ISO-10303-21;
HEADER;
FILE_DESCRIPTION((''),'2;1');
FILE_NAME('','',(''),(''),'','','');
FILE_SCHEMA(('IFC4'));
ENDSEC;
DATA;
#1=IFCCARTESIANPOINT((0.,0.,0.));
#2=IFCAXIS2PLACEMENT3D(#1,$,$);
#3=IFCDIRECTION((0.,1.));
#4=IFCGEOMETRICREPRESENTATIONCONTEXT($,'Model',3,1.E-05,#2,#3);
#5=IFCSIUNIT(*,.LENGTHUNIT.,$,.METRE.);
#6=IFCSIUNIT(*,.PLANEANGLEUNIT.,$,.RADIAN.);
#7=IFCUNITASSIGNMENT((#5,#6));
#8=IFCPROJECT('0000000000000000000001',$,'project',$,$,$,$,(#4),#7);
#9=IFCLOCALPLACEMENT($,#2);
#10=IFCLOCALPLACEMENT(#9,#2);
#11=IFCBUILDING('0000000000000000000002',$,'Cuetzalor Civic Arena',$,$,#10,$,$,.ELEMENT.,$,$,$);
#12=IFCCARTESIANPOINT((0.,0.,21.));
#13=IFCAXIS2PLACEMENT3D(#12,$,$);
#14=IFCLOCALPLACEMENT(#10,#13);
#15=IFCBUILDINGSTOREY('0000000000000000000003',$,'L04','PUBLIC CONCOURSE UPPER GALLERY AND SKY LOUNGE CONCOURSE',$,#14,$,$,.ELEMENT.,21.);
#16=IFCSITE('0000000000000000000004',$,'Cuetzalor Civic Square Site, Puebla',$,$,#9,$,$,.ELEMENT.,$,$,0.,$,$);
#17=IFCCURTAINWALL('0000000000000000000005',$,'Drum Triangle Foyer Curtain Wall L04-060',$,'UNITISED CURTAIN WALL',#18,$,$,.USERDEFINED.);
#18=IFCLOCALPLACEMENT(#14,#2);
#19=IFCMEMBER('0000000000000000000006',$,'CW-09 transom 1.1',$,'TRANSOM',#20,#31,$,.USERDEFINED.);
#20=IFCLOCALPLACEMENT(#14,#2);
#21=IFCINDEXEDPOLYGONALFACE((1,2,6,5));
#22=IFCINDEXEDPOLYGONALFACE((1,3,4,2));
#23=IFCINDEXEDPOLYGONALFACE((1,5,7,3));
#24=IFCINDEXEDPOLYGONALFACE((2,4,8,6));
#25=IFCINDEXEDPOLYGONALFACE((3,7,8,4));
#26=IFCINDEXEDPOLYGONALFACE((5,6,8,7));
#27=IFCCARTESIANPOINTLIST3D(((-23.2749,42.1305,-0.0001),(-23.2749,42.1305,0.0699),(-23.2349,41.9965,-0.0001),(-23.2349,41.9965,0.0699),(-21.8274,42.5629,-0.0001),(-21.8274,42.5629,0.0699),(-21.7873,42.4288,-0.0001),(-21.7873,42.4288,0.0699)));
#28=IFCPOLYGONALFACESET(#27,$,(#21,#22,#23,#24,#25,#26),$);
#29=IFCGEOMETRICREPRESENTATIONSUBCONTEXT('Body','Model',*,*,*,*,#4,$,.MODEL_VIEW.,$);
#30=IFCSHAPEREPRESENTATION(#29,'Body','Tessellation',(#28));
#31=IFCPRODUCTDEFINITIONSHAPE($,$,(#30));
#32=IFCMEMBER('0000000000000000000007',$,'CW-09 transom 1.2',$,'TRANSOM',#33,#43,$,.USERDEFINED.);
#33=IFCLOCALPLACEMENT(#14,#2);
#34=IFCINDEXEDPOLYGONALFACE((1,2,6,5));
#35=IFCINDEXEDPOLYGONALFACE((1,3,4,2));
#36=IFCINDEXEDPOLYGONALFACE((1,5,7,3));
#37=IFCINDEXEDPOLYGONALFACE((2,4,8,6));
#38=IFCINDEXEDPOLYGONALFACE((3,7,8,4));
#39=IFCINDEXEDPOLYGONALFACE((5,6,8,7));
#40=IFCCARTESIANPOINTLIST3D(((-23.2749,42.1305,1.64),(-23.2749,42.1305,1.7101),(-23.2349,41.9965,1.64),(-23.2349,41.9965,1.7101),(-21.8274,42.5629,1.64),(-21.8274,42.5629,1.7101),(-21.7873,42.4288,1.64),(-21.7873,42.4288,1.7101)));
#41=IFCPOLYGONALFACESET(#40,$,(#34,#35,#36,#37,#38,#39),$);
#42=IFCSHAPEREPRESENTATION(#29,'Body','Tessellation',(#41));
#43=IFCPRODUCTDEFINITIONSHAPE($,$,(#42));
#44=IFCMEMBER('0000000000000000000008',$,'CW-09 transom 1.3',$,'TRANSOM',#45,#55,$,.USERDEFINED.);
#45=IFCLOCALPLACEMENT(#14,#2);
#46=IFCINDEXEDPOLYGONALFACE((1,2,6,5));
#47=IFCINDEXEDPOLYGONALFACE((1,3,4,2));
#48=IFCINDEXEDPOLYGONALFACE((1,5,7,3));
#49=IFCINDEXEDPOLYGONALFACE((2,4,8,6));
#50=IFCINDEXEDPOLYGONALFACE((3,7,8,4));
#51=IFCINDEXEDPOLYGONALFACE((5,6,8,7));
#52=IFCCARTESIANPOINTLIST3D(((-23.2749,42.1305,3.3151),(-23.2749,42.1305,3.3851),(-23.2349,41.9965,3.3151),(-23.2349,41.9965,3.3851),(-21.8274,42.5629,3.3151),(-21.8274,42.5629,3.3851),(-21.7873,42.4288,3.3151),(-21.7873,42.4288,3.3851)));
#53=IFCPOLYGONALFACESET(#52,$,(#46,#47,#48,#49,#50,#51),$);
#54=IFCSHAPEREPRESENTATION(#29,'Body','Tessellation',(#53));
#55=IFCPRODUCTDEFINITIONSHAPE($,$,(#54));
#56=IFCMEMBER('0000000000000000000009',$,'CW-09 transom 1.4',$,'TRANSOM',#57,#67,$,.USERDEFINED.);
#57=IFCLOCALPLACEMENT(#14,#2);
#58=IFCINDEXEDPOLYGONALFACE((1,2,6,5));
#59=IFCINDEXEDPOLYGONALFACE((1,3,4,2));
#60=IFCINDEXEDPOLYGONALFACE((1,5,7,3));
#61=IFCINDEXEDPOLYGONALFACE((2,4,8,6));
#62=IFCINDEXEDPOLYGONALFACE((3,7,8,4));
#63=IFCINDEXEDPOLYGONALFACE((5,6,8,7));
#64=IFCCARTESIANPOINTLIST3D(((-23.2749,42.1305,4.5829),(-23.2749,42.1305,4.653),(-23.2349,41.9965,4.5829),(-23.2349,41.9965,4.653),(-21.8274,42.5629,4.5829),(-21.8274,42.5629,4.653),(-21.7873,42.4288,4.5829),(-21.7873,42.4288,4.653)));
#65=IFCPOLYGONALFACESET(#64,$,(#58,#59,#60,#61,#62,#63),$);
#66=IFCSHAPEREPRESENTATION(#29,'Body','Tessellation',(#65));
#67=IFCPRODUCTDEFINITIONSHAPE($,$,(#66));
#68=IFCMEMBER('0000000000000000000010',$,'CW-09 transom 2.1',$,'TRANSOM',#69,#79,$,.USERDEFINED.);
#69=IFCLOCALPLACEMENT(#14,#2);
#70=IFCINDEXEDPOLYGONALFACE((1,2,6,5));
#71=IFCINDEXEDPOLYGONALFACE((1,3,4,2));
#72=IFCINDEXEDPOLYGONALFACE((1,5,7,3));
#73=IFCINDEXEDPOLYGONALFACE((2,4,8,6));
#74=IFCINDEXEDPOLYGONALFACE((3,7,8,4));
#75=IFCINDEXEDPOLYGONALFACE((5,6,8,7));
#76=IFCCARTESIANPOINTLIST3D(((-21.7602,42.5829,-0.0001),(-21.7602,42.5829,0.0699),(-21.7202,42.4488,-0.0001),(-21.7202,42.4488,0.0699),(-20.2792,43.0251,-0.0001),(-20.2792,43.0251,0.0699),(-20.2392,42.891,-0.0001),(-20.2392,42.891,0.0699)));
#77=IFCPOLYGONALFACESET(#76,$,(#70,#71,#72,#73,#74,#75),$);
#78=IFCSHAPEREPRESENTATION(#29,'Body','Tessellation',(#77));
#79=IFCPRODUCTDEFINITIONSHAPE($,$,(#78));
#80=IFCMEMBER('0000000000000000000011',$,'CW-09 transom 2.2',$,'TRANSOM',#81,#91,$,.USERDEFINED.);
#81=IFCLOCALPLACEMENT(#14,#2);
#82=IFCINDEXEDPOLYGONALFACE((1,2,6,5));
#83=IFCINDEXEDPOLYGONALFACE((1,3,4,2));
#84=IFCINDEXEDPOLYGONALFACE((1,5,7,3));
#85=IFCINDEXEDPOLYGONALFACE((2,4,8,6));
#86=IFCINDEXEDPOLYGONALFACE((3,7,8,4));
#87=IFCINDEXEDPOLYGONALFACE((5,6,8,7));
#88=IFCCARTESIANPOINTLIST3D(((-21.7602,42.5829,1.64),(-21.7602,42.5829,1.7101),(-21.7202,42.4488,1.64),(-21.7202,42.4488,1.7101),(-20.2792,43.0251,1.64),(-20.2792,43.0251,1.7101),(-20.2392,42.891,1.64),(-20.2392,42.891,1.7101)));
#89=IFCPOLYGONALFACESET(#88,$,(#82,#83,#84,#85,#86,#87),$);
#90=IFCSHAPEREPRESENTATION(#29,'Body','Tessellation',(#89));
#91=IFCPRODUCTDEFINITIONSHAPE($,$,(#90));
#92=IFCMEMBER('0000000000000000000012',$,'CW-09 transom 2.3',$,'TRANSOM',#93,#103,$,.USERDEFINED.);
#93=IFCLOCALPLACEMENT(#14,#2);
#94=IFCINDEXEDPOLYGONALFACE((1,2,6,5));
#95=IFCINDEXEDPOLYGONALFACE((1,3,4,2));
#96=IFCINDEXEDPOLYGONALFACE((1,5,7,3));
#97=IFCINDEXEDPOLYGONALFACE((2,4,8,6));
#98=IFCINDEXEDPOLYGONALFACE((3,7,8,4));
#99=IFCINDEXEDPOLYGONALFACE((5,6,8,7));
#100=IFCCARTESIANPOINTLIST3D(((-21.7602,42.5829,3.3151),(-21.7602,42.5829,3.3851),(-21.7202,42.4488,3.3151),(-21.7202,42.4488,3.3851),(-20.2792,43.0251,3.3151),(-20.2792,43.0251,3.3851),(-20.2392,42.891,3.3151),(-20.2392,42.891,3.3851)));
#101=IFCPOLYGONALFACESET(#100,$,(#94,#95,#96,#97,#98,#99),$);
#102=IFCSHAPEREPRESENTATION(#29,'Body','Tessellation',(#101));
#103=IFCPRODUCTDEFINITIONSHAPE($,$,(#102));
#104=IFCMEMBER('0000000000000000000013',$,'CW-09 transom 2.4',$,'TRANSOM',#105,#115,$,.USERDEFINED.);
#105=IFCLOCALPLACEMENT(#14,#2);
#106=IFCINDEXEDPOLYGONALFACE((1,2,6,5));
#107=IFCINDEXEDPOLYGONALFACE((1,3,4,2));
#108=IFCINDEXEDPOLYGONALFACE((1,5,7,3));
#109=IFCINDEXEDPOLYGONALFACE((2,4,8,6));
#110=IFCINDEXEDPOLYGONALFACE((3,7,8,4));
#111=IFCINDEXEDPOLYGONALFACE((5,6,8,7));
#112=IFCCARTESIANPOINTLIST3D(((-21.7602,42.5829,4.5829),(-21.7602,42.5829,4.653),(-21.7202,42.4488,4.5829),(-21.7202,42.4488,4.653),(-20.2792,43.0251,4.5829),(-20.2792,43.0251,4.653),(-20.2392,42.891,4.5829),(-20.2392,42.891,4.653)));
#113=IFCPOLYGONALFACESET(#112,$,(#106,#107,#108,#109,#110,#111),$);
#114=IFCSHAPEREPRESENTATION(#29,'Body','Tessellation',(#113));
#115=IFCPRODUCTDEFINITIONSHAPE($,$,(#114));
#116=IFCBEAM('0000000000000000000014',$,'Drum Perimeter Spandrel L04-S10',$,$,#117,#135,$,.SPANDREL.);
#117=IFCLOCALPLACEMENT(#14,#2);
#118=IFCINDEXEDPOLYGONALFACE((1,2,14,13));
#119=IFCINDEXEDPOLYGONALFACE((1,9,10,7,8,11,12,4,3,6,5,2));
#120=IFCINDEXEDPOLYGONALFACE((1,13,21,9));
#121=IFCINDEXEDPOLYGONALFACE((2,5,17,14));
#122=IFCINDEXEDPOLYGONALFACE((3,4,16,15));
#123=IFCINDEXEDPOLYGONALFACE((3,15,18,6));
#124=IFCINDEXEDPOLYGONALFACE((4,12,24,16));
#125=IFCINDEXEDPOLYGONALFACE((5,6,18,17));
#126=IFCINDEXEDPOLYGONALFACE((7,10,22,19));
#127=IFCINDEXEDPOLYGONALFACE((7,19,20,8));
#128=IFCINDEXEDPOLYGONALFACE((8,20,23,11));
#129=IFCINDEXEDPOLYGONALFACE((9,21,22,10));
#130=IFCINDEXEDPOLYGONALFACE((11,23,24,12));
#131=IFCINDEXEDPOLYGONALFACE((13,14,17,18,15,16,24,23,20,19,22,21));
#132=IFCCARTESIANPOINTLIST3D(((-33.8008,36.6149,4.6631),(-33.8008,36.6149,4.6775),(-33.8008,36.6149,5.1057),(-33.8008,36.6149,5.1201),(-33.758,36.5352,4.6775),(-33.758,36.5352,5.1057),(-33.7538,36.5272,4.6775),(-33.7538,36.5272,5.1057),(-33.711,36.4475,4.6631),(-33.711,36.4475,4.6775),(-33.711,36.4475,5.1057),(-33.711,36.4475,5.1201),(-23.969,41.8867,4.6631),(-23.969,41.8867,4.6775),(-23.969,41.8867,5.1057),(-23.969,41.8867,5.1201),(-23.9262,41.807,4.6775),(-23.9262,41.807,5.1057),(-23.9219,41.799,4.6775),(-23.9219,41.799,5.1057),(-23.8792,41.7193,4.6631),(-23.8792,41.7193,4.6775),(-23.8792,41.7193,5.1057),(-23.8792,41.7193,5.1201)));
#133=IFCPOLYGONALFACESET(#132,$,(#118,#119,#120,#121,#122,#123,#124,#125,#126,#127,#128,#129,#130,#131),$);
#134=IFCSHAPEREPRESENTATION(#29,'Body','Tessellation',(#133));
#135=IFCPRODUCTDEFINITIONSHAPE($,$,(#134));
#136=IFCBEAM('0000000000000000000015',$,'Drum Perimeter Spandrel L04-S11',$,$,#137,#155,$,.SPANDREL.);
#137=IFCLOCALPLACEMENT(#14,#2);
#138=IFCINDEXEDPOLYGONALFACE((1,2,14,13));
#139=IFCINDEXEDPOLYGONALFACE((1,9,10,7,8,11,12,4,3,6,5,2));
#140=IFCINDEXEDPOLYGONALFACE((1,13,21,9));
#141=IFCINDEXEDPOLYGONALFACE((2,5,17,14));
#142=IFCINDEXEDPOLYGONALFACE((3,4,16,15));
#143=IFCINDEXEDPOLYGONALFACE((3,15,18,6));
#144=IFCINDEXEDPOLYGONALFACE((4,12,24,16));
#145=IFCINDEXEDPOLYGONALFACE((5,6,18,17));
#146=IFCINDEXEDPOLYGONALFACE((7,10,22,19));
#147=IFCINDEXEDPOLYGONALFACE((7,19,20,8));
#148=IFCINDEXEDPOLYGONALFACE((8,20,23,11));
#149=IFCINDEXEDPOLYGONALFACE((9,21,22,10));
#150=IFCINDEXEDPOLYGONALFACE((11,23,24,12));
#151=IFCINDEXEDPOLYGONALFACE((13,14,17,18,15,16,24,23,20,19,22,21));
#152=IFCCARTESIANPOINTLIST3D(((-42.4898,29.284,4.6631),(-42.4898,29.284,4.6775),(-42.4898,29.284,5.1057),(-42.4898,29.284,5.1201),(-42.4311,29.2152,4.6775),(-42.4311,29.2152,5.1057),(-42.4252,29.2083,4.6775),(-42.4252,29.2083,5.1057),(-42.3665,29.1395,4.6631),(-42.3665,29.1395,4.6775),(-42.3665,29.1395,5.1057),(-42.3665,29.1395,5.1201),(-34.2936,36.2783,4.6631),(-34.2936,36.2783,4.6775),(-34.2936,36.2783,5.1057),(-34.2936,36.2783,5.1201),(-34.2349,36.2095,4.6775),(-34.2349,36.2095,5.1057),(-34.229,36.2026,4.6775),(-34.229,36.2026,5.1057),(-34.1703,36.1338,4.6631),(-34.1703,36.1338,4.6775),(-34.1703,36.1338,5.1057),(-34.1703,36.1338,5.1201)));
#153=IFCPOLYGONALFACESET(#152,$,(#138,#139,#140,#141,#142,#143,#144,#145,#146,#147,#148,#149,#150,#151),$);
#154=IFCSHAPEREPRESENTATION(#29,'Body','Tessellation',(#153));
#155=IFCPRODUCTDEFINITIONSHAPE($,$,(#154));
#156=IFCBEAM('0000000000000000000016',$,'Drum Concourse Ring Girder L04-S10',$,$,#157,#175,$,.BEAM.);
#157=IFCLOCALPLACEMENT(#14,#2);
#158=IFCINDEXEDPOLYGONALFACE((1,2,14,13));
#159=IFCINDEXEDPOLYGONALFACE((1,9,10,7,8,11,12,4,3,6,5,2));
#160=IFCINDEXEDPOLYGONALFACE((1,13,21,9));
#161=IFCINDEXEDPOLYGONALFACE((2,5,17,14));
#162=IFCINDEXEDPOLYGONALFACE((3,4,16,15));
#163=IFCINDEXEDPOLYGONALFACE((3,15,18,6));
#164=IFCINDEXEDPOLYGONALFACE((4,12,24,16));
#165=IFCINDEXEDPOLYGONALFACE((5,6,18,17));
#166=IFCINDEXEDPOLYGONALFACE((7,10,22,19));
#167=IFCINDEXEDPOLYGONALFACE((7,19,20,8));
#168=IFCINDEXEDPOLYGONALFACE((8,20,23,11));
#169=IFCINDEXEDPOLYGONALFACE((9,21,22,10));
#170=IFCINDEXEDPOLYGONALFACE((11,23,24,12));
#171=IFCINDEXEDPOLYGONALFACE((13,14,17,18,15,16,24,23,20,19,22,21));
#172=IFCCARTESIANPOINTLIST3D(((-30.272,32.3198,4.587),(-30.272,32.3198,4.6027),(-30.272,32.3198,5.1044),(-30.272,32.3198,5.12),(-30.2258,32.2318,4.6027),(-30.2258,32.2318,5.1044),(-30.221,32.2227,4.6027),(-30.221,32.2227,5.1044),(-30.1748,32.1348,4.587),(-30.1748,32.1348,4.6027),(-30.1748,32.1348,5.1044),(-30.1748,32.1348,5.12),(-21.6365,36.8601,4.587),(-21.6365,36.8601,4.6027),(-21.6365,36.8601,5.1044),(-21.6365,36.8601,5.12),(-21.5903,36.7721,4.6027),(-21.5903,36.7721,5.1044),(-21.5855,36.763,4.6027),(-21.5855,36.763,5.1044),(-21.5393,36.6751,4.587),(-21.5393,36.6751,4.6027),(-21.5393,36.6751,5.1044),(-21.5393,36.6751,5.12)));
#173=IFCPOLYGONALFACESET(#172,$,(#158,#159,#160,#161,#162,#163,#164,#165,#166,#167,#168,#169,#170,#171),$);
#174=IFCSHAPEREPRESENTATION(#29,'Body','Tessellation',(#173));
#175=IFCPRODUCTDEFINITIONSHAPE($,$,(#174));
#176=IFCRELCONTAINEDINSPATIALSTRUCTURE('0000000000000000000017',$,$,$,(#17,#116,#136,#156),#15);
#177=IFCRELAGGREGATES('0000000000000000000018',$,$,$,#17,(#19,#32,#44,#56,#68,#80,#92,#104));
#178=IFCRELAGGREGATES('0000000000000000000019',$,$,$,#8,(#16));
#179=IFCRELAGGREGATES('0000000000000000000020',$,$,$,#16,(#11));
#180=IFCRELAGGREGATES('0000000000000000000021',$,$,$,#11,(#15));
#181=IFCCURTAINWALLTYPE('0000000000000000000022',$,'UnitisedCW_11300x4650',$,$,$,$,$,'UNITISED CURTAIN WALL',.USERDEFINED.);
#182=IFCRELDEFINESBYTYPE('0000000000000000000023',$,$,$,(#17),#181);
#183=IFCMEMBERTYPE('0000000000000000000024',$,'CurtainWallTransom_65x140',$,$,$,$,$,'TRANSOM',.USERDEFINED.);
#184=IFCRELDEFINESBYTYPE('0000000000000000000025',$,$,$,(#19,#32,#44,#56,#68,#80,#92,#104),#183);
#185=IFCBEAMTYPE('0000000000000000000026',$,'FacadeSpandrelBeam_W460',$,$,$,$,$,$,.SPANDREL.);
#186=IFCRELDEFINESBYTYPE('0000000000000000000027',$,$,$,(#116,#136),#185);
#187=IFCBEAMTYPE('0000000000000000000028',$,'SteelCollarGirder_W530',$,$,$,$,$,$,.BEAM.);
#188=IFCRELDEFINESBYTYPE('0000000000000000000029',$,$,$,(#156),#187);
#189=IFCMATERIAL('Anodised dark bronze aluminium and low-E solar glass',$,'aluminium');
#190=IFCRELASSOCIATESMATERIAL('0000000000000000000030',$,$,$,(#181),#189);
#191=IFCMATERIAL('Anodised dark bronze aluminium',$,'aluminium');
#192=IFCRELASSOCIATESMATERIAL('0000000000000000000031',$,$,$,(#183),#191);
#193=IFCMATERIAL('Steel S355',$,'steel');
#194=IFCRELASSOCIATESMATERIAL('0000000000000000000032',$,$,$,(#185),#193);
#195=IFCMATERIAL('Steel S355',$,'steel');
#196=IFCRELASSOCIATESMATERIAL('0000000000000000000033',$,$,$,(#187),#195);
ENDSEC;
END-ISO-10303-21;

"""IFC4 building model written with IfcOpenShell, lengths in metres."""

from ifc_helpers import new_model, si_unit, direction, frame, origin, origin_2d, place, context, subcontext, project, spatial, rectangle, i_section, extrude, material, material_profile, profile_set, type_object, element, aggregate, save


model = new_model("IFC4")

# Units and contexts
model_context = context("Model", 3, precision=1e-05, world=origin(), true_north=direction((0.0, 1.0)))
body_context = subcontext(model_context, "Body", "Model", "MODEL_VIEW")
ifc_project = project(units=[si_unit("LENGTHUNIT", "METRE"), si_unit("PLANEANGLEUNIT", "RADIAN")], contexts=[model_context])

# Site, building, storey
site_placement = place(None, origin())
site = spatial("IfcSite", under=ifc_project, at=site_placement, Name="Cuetzalor Civic Square Site, Puebla", CompositionType="ELEMENT", RefElevation=0.0)
building_placement = place(site_placement, origin())
building = spatial("IfcBuilding", under=site, at=building_placement, Name="Cuetzalor Civic Arena", CompositionType="ELEMENT")
storey_placement = place(building_placement, frame((0.0, 0.0, 21.0)))
storey = spatial("IfcBuildingStorey", under=building, at=storey_placement, Name="L04", Description="PUBLIC CONCOURSE UPPER GALLERY AND SKY LOUNGE CONCOURSE", CompositionType="ELEMENT", Elevation=21.0)

# Curtain wall
ifc_material_1 = material(Name="Anodised dark bronze aluminium and low-E solar glass", Category="aluminium")
curtain_wall_type_1 = type_object("IfcCurtainWallType", Name="UnitisedCW_11300x4650", ElementType="UNITISED CURTAIN WALL", PredefinedType="USERDEFINED", material=ifc_material_1)
curtain_wall_1_placement = place(storey_placement, origin())
curtain_wall_1 = element("IfcCurtainWall", 1, at=curtain_wall_1_placement, inside=storey, type_object=curtain_wall_type_1, Name="Drum Triangle Foyer Curtain Wall L04-060", ObjectType="UNITISED CURTAIN WALL", PredefinedType="USERDEFINED")

# Members
ifc_material_2 = material(Name="Anodised dark bronze aluminium", Category="aluminium")
ifc_material_profile_1 = material_profile(ifc_material_2, rectangle(XDim=0.1399, YDim=0.0701, at=origin_2d()), Name="ALU TRANSOM 70x140")
ifc_profile_set_1 = profile_set([ifc_material_profile_1], Name="Anodised dark bronze aluminium")
member_type_1 = type_object("IfcMemberType", Name="CurtainWallTransom_65x140", ElementType="TRANSOM", PredefinedType="USERDEFINED", material=ifc_profile_set_1)
member_1_placement = place(storey_placement, frame((-23.2549, 42.0635, 0.0349), z_axis=(0.958168, 0.286206, 0.0), x_axis=(-0.286206, 0.958168, 0.0)))
member_1 = element("IfcMember", 2, at=member_1_placement, type_object=member_type_1, Name="CW-09 transom 1.1", ObjectType="TRANSOM", PredefinedType="USERDEFINED", context=body_context, shape_type="SweptSolid", body=[
    extrude(rectangle(XDim=0.1399, YDim=0.0701, at=origin_2d()), origin(), (0.0, 0.0, 1.0), 1.5107),
])
member_2_placement = place(storey_placement, frame((-23.2549, 42.0635, 1.675), z_axis=(0.958168, 0.286206, 0.0), x_axis=(-0.286206, 0.958168, 0.0)))
member_2 = element("IfcMember", 3, at=member_2_placement, type_object=member_type_1, Name="CW-09 transom 1.2", ObjectType="TRANSOM", PredefinedType="USERDEFINED", context=body_context, shape_type="SweptSolid", body=[
    extrude(rectangle(XDim=0.1399, YDim=0.0701, at=origin_2d()), origin(), (0.0, 0.0, 1.0), 1.5107),
])
member_3_placement = place(storey_placement, frame((-23.2549, 42.0635, 3.3501), z_axis=(0.958168, 0.286206, 0.0), x_axis=(-0.286206, 0.958168, 0.0)))
member_3 = element("IfcMember", 4, at=member_3_placement, type_object=member_type_1, Name="CW-09 transom 1.3", ObjectType="TRANSOM", PredefinedType="USERDEFINED", context=body_context, shape_type="SweptSolid", body=[
    extrude(rectangle(XDim=0.1399, YDim=0.0701, at=origin_2d()), origin(), (0.0, 0.0, 1.0), 1.5107),
])
member_4_placement = place(storey_placement, frame((-23.2549, 42.0635, 4.6179), z_axis=(0.958168, 0.286206, 0.0), x_axis=(-0.286206, 0.958168, 0.0)))
member_4 = element("IfcMember", 5, at=member_4_placement, type_object=member_type_1, Name="CW-09 transom 1.4", ObjectType="TRANSOM", PredefinedType="USERDEFINED", context=body_context, shape_type="SweptSolid", body=[
    extrude(rectangle(XDim=0.1399, YDim=0.0701, at=origin_2d()), origin(), (0.0, 0.0, 1.0), 1.5107),
])
member_5_placement = place(storey_placement, frame((-21.7402, 42.5159, 0.0349), z_axis=(0.958208, 0.286072, 0.0), x_axis=(-0.286072, 0.958208, 0.0)))
member_5 = element("IfcMember", 6, at=member_5_placement, type_object=member_type_1, Name="CW-09 transom 2.1", ObjectType="TRANSOM", PredefinedType="USERDEFINED", context=body_context, shape_type="SweptSolid", body=[
    extrude(rectangle(XDim=0.1399, YDim=0.0701, at=origin_2d()), origin(), (0.0, 0.0, 1.0), 1.5457),
])
member_6_placement = place(storey_placement, frame((-21.7402, 42.5159, 1.675), z_axis=(0.958208, 0.286072, 0.0), x_axis=(-0.286072, 0.958208, 0.0)))
member_6 = element("IfcMember", 7, at=member_6_placement, type_object=member_type_1, Name="CW-09 transom 2.2", ObjectType="TRANSOM", PredefinedType="USERDEFINED", context=body_context, shape_type="SweptSolid", body=[
    extrude(rectangle(XDim=0.1399, YDim=0.0701, at=origin_2d()), origin(), (0.0, 0.0, 1.0), 1.5457),
])
member_7_placement = place(storey_placement, frame((-21.7402, 42.5159, 3.3501), z_axis=(0.958208, 0.286072, 0.0), x_axis=(-0.286072, 0.958208, 0.0)))
member_7 = element("IfcMember", 8, at=member_7_placement, type_object=member_type_1, Name="CW-09 transom 2.3", ObjectType="TRANSOM", PredefinedType="USERDEFINED", context=body_context, shape_type="SweptSolid", body=[
    extrude(rectangle(XDim=0.1399, YDim=0.0701, at=origin_2d()), origin(), (0.0, 0.0, 1.0), 1.5457),
])
member_8_placement = place(storey_placement, frame((-21.7402, 42.5159, 4.6179), z_axis=(0.958208, 0.286072, 0.0), x_axis=(-0.286072, 0.958208, 0.0)))
member_8 = element("IfcMember", 9, at=member_8_placement, type_object=member_type_1, Name="CW-09 transom 2.4", ObjectType="TRANSOM", PredefinedType="USERDEFINED", context=body_context, shape_type="SweptSolid", body=[
    extrude(rectangle(XDim=0.1399, YDim=0.0701, at=origin_2d()), origin(), (0.0, 0.0, 1.0), 1.5457),
])

# Beams
ifc_material_3 = material(Name="Steel S355", Category="steel")
ifc_material_profile_2 = material_profile(ifc_material_3, i_section(OverallWidth=0.1899, OverallDepth=0.457, WebThickness=0.009, FlangeThickness=0.0144, at=origin_2d()), Name="W460x74")
ifc_profile_set_2 = profile_set([ifc_material_profile_2], Name="Steel S355")
beam_type_1 = type_object("IfcBeamType", Name="FacadeSpandrelBeam_W460", PredefinedType="SPANDREL", material=ifc_profile_set_2)
beam_1_placement = place(storey_placement, frame((-23.9241, 41.803, 4.8916), z_axis=(-0.881305, -0.472549, 0.0), x_axis=(0.472549, -0.881305, 0.0)))
element("IfcBeam", 10, at=beam_1_placement, inside=storey, type_object=beam_type_1, Name="Drum Perimeter Spandrel L04-S10", PredefinedType="SPANDREL", context=body_context, shape_type="SweptSolid", body=[
    extrude(i_section(OverallWidth=0.1899, OverallDepth=0.457, WebThickness=0.009, FlangeThickness=0.0144, at=origin_2d()), origin(), (0.0, 0.0, 1.0), 11.156),
])
beam_2_placement = place(storey_placement, frame((-34.2319, 36.2061, 4.8916), z_axis=(-0.760677, -0.649131, 0.0), x_axis=(0.649131, -0.760677, 0.0)))
element("IfcBeam", 11, at=beam_2_placement, inside=storey, type_object=beam_type_1, Name="Drum Perimeter Spandrel L04-S11", PredefinedType="SPANDREL", context=body_context, shape_type="SweptSolid", body=[
    extrude(i_section(OverallWidth=0.1899, OverallDepth=0.457, WebThickness=0.009, FlangeThickness=0.0144, at=origin_2d()), origin(), (0.0, 0.0, 1.0), 10.7749),
])
ifc_material_4 = material(Name="Steel S355", Category="steel")
ifc_material_profile_3 = material_profile(ifc_material_4, i_section(OverallWidth=0.209, OverallDepth=0.533, WebThickness=0.0103, FlangeThickness=0.0156, at=origin_2d()), Name="W530x92")
ifc_profile_set_3 = profile_set([ifc_material_profile_3], Name="Steel S355")
beam_type_2 = type_object("IfcBeamType", Name="SteelCollarGirder_W530", PredefinedType="BEAM", material=ifc_profile_set_3)
beam_3_placement = place(storey_placement, frame((-21.5879, 36.7676, 4.8535), z_axis=(-0.885117, -0.465368, 0.0), x_axis=(0.465368, -0.885117, 0.0)))
element("IfcBeam", 12, at=beam_3_placement, inside=storey, type_object=beam_type_2, Name="Drum Concourse Ring Girder L04-S10", PredefinedType="BEAM", context=body_context, shape_type="SweptSolid", body=[
    extrude(i_section(OverallWidth=0.209, OverallDepth=0.533, WebThickness=0.0103, FlangeThickness=0.0156, at=origin_2d()), origin(), (0.0, 0.0, 1.0), 9.7563),
])

aggregate(curtain_wall_1, [member_1, member_2, member_3, member_4, member_5, member_6, member_7, member_8])

save(model, "model.ifc")
